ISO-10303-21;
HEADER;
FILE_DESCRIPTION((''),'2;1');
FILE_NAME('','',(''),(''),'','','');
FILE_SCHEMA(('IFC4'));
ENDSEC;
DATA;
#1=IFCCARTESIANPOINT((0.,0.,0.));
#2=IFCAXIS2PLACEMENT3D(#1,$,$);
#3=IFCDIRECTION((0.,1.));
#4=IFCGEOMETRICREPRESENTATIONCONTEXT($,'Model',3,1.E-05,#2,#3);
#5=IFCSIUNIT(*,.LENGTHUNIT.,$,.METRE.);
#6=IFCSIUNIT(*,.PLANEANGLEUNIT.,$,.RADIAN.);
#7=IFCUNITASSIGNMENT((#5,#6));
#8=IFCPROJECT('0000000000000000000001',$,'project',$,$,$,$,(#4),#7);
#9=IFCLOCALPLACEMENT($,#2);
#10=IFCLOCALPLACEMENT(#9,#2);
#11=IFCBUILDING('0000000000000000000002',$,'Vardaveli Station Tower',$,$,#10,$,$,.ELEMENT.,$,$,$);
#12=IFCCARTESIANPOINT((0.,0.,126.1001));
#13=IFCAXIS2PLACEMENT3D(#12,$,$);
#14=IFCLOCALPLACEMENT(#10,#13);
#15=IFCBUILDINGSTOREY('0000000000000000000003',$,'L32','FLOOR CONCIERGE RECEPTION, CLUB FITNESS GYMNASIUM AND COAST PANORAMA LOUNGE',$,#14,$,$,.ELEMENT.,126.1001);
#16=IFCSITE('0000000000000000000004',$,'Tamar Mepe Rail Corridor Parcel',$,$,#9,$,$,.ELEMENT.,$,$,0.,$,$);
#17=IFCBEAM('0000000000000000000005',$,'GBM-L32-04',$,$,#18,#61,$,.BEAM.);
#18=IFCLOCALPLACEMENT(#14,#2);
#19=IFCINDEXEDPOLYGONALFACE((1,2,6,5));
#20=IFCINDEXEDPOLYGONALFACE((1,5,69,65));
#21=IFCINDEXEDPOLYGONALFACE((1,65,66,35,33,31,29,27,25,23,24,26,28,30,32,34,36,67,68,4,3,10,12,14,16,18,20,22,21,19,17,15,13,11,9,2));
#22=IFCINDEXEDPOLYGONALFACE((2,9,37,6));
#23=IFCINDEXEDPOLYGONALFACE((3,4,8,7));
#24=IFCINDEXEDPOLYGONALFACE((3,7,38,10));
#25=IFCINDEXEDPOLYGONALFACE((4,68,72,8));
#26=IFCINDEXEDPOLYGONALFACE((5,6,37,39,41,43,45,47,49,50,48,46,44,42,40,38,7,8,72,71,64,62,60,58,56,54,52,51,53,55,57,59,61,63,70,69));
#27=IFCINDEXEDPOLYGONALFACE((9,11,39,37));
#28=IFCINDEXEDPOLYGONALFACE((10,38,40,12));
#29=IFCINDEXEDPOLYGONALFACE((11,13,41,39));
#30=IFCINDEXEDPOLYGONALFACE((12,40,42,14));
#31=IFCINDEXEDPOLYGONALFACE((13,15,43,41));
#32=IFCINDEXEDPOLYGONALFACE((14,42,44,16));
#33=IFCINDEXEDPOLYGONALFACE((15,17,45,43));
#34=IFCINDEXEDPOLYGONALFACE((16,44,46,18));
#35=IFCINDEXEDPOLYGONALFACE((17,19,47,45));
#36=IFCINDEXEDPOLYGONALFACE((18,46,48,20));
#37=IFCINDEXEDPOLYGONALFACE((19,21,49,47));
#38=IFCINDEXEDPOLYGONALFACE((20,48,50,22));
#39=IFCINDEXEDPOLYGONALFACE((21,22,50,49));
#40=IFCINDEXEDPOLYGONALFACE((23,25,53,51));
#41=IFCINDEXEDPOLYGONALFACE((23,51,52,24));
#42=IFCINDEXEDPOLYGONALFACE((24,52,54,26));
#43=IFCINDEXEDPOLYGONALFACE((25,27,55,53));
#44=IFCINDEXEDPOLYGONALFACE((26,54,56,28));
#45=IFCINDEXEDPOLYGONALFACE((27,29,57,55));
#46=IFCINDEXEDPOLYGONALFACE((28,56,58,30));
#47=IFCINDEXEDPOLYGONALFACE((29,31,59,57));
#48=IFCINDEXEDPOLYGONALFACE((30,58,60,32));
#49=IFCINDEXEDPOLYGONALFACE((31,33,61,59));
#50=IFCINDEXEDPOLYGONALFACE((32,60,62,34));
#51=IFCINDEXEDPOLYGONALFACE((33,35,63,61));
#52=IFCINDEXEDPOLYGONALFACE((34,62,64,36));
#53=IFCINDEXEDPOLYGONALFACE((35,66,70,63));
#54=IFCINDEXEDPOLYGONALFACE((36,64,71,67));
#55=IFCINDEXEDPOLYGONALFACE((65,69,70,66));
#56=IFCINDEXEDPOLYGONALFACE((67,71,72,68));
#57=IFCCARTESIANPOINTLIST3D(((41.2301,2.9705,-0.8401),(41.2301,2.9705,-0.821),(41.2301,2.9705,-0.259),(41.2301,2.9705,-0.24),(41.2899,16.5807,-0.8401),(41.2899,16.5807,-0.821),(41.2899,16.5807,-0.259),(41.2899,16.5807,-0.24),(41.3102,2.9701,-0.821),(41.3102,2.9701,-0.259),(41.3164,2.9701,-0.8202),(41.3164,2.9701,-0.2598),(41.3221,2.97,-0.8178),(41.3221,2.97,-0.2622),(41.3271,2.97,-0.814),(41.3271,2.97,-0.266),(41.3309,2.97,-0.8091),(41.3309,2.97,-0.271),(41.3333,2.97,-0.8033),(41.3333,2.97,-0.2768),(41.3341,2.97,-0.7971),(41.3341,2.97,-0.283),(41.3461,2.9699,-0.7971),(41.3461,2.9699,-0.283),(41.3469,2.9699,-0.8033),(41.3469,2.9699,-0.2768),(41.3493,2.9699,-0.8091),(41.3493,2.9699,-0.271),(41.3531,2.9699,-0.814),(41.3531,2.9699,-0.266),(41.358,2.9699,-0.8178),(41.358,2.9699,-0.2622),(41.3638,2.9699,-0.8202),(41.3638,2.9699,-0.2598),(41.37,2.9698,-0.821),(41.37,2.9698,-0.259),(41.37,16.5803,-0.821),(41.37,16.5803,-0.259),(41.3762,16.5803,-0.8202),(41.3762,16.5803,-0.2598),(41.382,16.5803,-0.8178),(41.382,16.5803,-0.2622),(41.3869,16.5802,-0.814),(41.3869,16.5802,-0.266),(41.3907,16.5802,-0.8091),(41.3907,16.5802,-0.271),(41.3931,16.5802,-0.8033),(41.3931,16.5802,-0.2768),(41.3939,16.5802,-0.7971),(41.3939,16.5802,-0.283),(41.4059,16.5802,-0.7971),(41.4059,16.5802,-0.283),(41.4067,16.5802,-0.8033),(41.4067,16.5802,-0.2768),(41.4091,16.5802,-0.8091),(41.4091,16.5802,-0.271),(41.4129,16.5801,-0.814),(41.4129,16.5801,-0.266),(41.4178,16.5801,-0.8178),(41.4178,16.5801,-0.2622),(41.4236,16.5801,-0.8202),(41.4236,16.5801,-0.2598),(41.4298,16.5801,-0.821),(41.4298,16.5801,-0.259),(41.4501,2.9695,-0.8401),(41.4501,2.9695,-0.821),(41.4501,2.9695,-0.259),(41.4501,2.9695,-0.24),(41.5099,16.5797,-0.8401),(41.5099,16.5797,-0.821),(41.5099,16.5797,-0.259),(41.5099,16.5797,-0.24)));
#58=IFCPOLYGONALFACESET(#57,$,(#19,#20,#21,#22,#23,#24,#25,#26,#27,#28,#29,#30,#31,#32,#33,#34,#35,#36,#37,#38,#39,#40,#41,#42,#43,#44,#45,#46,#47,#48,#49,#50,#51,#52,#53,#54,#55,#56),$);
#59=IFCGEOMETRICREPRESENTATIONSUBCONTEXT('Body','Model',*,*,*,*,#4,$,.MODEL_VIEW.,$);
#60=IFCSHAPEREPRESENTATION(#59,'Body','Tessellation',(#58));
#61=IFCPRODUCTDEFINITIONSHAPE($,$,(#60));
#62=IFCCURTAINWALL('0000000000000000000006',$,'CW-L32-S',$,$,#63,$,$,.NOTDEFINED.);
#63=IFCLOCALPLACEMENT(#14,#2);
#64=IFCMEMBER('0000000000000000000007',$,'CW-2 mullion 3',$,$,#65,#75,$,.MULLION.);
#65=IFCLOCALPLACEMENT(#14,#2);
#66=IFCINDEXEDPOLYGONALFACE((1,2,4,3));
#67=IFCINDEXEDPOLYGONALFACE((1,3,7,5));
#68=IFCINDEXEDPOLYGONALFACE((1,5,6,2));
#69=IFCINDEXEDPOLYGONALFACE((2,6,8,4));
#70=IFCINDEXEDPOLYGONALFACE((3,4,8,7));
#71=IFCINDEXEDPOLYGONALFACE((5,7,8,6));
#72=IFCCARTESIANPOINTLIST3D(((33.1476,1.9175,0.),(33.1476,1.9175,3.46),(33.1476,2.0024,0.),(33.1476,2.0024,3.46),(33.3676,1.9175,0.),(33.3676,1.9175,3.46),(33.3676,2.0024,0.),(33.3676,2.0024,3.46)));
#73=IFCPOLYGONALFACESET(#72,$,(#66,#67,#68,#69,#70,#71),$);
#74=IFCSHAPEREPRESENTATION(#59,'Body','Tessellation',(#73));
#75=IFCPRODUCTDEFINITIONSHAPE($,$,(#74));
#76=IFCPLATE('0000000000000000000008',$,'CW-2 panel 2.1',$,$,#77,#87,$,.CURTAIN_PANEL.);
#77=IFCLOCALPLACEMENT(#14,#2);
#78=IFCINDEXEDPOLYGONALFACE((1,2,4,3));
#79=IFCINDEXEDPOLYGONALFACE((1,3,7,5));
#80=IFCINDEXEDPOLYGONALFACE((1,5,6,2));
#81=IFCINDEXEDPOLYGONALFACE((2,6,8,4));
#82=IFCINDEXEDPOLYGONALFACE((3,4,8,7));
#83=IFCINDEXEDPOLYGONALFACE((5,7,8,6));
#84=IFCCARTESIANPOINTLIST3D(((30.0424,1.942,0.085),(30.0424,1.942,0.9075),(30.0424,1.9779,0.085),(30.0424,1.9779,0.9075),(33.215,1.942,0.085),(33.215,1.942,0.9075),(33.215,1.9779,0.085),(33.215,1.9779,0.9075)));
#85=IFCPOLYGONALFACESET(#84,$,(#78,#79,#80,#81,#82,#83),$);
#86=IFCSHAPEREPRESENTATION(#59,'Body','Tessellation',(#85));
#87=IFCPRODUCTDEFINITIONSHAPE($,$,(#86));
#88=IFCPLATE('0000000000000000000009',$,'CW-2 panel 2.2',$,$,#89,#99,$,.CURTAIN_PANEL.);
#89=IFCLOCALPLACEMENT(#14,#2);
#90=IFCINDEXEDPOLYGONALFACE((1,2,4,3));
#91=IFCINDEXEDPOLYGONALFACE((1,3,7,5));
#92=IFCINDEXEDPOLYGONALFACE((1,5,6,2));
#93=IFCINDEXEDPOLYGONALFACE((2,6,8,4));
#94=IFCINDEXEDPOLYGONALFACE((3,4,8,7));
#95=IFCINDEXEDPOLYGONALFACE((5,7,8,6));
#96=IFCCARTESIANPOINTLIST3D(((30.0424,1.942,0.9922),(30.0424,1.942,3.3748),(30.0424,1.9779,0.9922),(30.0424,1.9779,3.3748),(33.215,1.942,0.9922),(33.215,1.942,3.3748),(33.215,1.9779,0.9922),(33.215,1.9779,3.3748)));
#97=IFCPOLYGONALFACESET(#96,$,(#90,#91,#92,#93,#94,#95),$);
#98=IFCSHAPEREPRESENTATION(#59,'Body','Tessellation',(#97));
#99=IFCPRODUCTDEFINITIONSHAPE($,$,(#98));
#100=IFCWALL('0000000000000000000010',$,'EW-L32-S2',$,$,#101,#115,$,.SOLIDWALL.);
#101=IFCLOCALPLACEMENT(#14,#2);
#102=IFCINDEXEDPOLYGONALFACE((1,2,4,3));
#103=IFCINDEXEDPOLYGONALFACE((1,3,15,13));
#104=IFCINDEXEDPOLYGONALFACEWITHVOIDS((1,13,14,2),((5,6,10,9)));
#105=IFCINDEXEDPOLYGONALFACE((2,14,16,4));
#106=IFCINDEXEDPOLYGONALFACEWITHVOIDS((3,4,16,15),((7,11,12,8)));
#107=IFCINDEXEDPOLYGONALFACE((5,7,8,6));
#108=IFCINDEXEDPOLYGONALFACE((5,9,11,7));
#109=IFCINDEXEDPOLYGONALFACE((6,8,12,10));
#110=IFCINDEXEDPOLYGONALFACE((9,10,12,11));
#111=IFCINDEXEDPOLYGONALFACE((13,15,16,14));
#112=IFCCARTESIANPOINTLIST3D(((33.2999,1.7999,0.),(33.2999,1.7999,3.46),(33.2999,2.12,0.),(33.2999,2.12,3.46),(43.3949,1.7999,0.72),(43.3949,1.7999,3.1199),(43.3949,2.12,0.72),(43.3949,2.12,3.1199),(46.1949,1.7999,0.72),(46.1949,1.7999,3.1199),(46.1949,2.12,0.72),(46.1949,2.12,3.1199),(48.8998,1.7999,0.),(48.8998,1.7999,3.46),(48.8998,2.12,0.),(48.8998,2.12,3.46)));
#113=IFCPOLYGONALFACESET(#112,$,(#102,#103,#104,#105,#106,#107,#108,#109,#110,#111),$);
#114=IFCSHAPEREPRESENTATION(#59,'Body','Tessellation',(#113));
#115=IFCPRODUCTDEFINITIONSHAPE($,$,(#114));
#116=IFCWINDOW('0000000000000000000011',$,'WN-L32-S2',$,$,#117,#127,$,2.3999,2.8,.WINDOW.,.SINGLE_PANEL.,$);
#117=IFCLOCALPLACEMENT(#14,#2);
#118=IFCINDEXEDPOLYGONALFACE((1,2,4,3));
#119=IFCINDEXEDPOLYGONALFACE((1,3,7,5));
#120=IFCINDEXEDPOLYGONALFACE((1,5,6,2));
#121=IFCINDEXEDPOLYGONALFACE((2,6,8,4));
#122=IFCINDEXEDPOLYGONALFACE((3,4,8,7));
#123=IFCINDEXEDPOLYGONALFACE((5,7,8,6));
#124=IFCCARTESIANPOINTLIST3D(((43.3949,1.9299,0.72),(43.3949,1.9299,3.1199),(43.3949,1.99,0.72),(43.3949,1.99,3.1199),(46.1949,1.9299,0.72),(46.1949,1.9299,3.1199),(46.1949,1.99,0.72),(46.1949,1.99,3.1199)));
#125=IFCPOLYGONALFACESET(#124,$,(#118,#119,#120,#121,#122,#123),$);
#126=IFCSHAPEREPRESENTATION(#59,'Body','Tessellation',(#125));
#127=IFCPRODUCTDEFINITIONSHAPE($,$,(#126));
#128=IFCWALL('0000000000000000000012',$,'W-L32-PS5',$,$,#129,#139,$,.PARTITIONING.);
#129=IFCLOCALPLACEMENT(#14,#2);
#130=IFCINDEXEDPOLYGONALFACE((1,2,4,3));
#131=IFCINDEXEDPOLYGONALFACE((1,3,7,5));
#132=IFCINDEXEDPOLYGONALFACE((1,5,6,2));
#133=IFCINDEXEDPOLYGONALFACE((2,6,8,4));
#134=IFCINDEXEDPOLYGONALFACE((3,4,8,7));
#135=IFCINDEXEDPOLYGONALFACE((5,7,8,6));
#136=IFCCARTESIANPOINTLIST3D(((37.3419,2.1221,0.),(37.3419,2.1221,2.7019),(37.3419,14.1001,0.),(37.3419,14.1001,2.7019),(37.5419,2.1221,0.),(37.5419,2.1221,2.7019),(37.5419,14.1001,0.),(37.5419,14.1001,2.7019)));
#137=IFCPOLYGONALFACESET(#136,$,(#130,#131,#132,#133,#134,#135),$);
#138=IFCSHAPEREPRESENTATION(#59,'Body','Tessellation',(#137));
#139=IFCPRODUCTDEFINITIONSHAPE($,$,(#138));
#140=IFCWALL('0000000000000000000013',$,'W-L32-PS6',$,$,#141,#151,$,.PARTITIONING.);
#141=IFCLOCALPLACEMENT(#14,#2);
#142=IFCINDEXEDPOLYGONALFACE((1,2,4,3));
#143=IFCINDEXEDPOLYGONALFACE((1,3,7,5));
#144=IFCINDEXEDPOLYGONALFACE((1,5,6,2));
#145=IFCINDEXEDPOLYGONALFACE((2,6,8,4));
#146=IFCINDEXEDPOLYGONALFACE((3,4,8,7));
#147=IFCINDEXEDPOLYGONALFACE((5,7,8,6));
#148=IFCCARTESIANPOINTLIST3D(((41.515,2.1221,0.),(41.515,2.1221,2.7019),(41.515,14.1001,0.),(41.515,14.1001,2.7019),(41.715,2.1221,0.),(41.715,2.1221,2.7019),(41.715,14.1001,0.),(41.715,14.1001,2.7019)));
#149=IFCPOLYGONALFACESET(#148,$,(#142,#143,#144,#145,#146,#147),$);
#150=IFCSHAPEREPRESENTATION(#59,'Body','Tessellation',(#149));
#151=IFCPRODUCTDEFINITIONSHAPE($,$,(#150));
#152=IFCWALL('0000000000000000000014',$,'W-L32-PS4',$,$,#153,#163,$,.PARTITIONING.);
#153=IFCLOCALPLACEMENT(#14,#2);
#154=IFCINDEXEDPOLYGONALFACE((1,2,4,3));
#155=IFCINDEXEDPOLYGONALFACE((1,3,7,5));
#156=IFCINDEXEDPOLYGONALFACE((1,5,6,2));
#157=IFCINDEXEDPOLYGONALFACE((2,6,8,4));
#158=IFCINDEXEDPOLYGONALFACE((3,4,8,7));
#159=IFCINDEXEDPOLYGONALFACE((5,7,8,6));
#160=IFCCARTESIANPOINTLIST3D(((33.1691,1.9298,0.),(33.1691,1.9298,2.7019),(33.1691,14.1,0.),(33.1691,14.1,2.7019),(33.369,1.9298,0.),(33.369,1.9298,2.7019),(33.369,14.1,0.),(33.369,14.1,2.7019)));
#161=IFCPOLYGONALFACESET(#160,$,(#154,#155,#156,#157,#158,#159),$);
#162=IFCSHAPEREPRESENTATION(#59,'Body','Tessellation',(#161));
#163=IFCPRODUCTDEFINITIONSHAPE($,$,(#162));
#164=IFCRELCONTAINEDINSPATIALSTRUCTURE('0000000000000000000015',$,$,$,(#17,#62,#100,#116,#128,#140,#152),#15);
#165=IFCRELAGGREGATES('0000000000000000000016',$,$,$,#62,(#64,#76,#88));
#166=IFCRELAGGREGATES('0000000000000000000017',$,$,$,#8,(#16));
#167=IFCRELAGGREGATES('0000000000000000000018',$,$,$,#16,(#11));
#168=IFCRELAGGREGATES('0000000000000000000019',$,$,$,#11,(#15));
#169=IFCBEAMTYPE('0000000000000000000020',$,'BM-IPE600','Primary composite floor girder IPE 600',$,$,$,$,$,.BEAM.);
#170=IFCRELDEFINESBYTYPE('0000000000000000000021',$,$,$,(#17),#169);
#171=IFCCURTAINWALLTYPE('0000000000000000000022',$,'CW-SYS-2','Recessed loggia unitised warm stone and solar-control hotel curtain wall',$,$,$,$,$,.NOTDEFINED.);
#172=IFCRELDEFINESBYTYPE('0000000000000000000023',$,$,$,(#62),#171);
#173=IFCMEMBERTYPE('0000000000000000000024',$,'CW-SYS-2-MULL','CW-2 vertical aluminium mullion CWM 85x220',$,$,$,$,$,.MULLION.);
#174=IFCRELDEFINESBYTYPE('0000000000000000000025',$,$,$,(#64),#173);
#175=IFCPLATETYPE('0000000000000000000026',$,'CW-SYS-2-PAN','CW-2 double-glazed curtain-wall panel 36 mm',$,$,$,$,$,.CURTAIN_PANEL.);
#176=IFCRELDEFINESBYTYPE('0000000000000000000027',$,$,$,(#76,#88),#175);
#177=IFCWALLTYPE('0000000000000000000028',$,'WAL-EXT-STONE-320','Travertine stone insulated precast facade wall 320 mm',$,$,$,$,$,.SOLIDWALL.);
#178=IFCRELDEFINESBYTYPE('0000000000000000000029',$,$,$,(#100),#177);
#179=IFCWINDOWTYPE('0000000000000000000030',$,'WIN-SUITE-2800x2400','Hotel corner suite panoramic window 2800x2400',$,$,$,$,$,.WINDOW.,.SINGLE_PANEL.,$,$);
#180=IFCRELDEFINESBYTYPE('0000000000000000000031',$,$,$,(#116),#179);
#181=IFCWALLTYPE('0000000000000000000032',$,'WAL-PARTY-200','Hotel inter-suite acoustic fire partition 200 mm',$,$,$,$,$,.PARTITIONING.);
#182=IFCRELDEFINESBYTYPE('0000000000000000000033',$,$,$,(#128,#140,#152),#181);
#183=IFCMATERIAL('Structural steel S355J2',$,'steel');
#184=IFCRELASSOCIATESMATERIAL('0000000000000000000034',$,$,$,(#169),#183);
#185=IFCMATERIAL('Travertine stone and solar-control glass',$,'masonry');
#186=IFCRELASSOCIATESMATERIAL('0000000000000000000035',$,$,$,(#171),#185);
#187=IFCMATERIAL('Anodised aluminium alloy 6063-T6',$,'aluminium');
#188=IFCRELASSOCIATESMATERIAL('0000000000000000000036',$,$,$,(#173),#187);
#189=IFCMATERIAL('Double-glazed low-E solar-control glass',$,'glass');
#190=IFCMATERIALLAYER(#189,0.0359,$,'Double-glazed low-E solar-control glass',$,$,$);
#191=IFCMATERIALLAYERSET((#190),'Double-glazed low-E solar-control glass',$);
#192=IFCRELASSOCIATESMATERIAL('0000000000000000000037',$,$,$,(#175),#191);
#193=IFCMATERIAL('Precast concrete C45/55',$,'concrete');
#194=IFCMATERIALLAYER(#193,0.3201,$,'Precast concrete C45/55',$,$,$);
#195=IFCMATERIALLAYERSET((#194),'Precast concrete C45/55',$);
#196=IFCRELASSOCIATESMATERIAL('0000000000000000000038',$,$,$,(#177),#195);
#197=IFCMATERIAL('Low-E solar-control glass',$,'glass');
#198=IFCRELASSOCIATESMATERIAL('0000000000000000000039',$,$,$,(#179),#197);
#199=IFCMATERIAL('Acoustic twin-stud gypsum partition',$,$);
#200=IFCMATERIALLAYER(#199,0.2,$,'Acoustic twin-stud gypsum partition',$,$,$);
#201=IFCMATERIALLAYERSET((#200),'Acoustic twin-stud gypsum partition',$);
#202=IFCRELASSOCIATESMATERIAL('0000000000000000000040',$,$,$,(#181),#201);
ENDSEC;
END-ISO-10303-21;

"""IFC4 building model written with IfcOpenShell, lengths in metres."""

from ifc_helpers import new_model, si_unit, direction, frame, frame_2d, origin, origin_2d, place, context, subcontext, project, spatial, rectangle, i_section, extrude, source, transform, mapped, material, layer, layer_set, material_profile, profile_set, type_object, element, fill, aggregate, save


model = new_model("IFC4")

# Units and contexts
model_context = context("Model", 3, precision=1e-05, world=origin(), true_north=direction((0.0, 1.0)))
body_context = subcontext(model_context, "Body", "Model", "MODEL_VIEW")
ifc_project = project(units=[si_unit("LENGTHUNIT", "METRE"), si_unit("PLANEANGLEUNIT", "RADIAN")], contexts=[model_context])

# Site, building, storey
site_placement = place(None, origin())
site = spatial("IfcSite", under=ifc_project, at=site_placement, Name="Tamar Mepe Rail Corridor Parcel", CompositionType="ELEMENT", RefElevation=0.0)
building_placement = place(site_placement, origin())
building = spatial("IfcBuilding", under=site, at=building_placement, Name="Vardaveli Station Tower", CompositionType="ELEMENT")
storey_placement = place(building_placement, frame((0.0, 0.0, 126.1001)))
storey = spatial("IfcBuildingStorey", under=building, at=storey_placement, Name="L32", Description="FLOOR CONCIERGE RECEPTION, CLUB FITNESS GYMNASIUM AND COAST PANORAMA LOUNGE", CompositionType="ELEMENT", Elevation=126.1001)

# Beam
ifc_material_1 = material(Name="Structural steel S355J2", Category="steel")
ifc_material_2 = material(Name="Precast concrete C45/55", Category="concrete")
ifc_material_profile_1 = material_profile(ifc_material_1, i_section(OverallWidth=0.22, OverallDepth=0.6001, WebThickness=0.012, FlangeThickness=0.019, FilletRadius=0.0239, at=origin_2d()), Name="IPE 600")
ifc_profile_set_1 = profile_set([ifc_material_profile_1], Name="Structural steel S355J2")
beam_type_1 = type_object("IfcBeamType", Name="BM-IPE600", Description="Primary composite floor girder IPE 600", PredefinedType="BEAM", material=ifc_profile_set_1)
shared_shape_1 = source(origin(), body_context, "Body", "SweptSolid", [
    extrude(i_section(OverallWidth=0.22, OverallDepth=0.6001, WebThickness=0.012, FlangeThickness=0.019, FilletRadius=0.0239, at=origin_2d()), origin(), (0.0, 0.0, 1.0), 13.6104),
])
beam_1_placement = place(storey_placement, frame((41.3401, 2.97, -0.54), z_axis=(0.004395, 0.99999, 0.0), x_axis=(-0.99999, 0.004395, 0.0)))
element("IfcBeam", 1, at=beam_1_placement, inside=storey, type_object=beam_type_1, Name="GBM-L32-04", PredefinedType="BEAM", context=body_context, shape_type="MappedRepresentation", body=[
    mapped(shared_shape_1, transform((0.0, 0.0, 0.0), scale=1.0)),
])

# Curtain wall, member, plates
ifc_material_3 = material(Name="Travertine stone and solar-control glass", Category="masonry")
curtain_wall_type = type_object("IfcCurtainWallType", Name="CW-SYS-2", Description="Recessed loggia unitised warm stone and solar-control hotel curtain wall", PredefinedType="NOTDEFINED", material=ifc_material_3)
curtain_wall_placement = place(storey_placement, origin())
curtain_wall = element("IfcCurtainWall", 2, at=curtain_wall_placement, inside=storey, type_object=curtain_wall_type, Name="CW-L32-S", PredefinedType="NOTDEFINED")
ifc_material_4 = material(Name="Anodised aluminium alloy 6063-T6", Category="aluminium")
ifc_material_profile_2 = material_profile(ifc_material_4, rectangle(XDim=0.085, YDim=0.22, at=origin_2d()), Name="CWM 85x220")
ifc_profile_set_2 = profile_set([ifc_material_profile_2], Name="Anodised aluminium alloy 6063-T6")
member_type = type_object("IfcMemberType", Name="CW-SYS-2-MULL", Description="CW-2 vertical aluminium mullion CWM 85x220", PredefinedType="MULLION", material=ifc_profile_set_2)
shared_shape_2 = source(origin(), body_context, "Body", "SweptSolid", [
    extrude(rectangle(XDim=0.085, YDim=0.22, at=origin_2d()), origin(), (0.0, 0.0, 1.0), 3.46),
])
member_placement = place(storey_placement, frame((33.2576, 1.96, 0.0), z_axis=(0.0, 0.0, 1.0), x_axis=(0.0, 1.0, 0.0)))
member = element("IfcMember", 3, at=member_placement, type_object=member_type, Name="CW-2 mullion 3", PredefinedType="MULLION", context=body_context, shape_type="MappedRepresentation", body=[
    mapped(shared_shape_2, transform((0.0, 0.0, 0.0), scale=1.0)),
])
ifc_material_5 = material(Name="Double-glazed low-E solar-control glass", Category="glass")
ifc_layer_1 = layer(ifc_material_5, 0.0359, Name="Double-glazed low-E solar-control glass")
ifc_layer_set_1 = layer_set([ifc_layer_1], Name="Double-glazed low-E solar-control glass")
plate_type = type_object("IfcPlateType", Name="CW-SYS-2-PAN", Description="CW-2 double-glazed curtain-wall panel 36 mm", PredefinedType="CURTAIN_PANEL", material=ifc_layer_set_1)
shared_shape_3 = source(origin(), body_context, "Body", "SweptSolid", [
    extrude(rectangle(XDim=3.1726, YDim=0.0359, at=origin_2d()), origin(), (0.0, 0.0, 1.0), 0.8225),
])
plate_1_placement = place(storey_placement, frame((31.6287, 1.96, 0.085), z_axis=(0.0, 0.0, 1.0), x_axis=(1.0, 0.0, 0.0)))
plate_1 = element("IfcPlate", 4, at=plate_1_placement, type_object=plate_type, Name="CW-2 panel 2.1", PredefinedType="CURTAIN_PANEL", context=body_context, shape_type="MappedRepresentation", body=[
    mapped(shared_shape_3, transform((0.0, 0.0, 0.0), scale=1.0)),
])
shared_shape_4 = source(origin(), body_context, "Body", "SweptSolid", [
    extrude(rectangle(XDim=3.1726, YDim=0.0359, at=origin_2d()), origin(), (0.0, 0.0, 1.0), 2.3826),
])
plate_2_placement = place(storey_placement, frame((31.6287, 1.96, 0.9922), z_axis=(0.0, 0.0, 1.0), x_axis=(1.0, 0.0, 0.0)))
plate_2 = element("IfcPlate", 5, at=plate_2_placement, type_object=plate_type, Name="CW-2 panel 2.2", PredefinedType="CURTAIN_PANEL", context=body_context, shape_type="MappedRepresentation", body=[
    mapped(shared_shape_4, transform((0.0, 0.0, 0.0), scale=1.0)),
])
aggregate(curtain_wall, [member, plate_1, plate_2])

# Wall, opening, window
ifc_layer_2 = layer(ifc_material_2, 0.3201, Name="Precast concrete C45/55")
ifc_layer_set_2 = layer_set([ifc_layer_2], Name="Precast concrete C45/55")
wall_type_1 = type_object("IfcWallType", Name="WAL-EXT-STONE-320", Description="Travertine stone insulated precast facade wall 320 mm", PredefinedType="SOLIDWALL", material=ifc_layer_set_2)
shared_shape_5 = source(origin(), body_context, "Body", "SweptSolid", [
    extrude(rectangle(XDim=15.5999, YDim=0.3201, at=frame_2d((7.7998, 0.0))), origin(), (0.0, 0.0, 1.0), 3.46),
])
wall_1_placement = place(storey_placement, frame((33.3, 1.96, 0.0), z_axis=(0.0, 0.0, 1.0), x_axis=(1.0, 0.0, 0.0)))
wall_1 = element("IfcWall", 6, at=wall_1_placement, inside=storey, type_object=wall_type_1, Name="EW-L32-S2", PredefinedType="SOLIDWALL", context=body_context, shape_type="MappedRepresentation", body=[
    mapped(shared_shape_5, transform((0.0, 0.0, 0.0), scale=1.0)),
])
shared_shape_6 = source(origin(), body_context, "Body", "SweptSolid", [
    extrude(rectangle(XDim=2.8, YDim=2.3999, at=frame_2d((1.3999, 1.2))), frame((0.0, 0.1699, 0.0), z_axis=(0.0, -1.0, 0.0), x_axis=(1.0, 0.0, 0.0)), (0.0, 0.0, 1.0), 0.3401),
])
opening_1_placement = place(wall_1_placement, frame((10.095, 0.0, 0.72)))
opening_1 = element("IfcOpeningElement", 7, at=opening_1_placement, cuts=wall_1, PredefinedType="OPENING", context=body_context, shape_type="MappedRepresentation", body=[
    mapped(shared_shape_6, transform((0.0, 0.0, 0.0), scale=1.0)),
])
ifc_material_6 = material(Name="Low-E solar-control glass", Category="glass")
window_type = type_object("IfcWindowType", Name="WIN-SUITE-2800x2400", Description="Hotel corner suite panoramic window 2800x2400", PartitioningType="SINGLE_PANEL", PredefinedType="WINDOW", material=ifc_material_6)
shared_shape_7 = source(origin(), body_context, "Body", "SweptSolid", [
    extrude(rectangle(XDim=2.8, YDim=2.3999, at=frame_2d((1.3999, 1.2))), frame((0.0, 0.03, 0.0), z_axis=(0.0, -1.0, 0.0), x_axis=(1.0, 0.0, 0.0)), (0.0, 0.0, 1.0), 0.0601),
])
window_placement = place(opening_1_placement, origin())
window = element("IfcWindow", 8, at=window_placement, inside=storey, type_object=window_type, Name="WN-L32-S2", OverallHeight=2.3999, OverallWidth=2.8, PartitioningType="SINGLE_PANEL", PredefinedType="WINDOW", context=body_context, shape_type="MappedRepresentation", body=[
    mapped(shared_shape_7, transform((0.0, 0.0, 0.0), scale=1.0)),
])
fill(opening_1, window)

# Walls
ifc_material_7 = material(Name="Acoustic twin-stud gypsum partition")
ifc_layer_3 = layer(ifc_material_7, 0.2, Name="Acoustic twin-stud gypsum partition")
ifc_layer_set_3 = layer_set([ifc_layer_3], Name="Acoustic twin-stud gypsum partition")
wall_type_2 = type_object("IfcWallType", Name="WAL-PARTY-200", Description="Hotel inter-suite acoustic fire partition 200 mm", PredefinedType="PARTITIONING", material=ifc_layer_set_3)
shared_shape_8 = source(origin(), body_context, "Body", "SweptSolid", [
    extrude(rectangle(XDim=11.978, YDim=0.2, at=frame_2d((5.989, 0.0))), origin(), (0.0, 0.0, 1.0), 2.7019),
])
for number, where, z_axis, x_axis, name in (
    (9, (37.4419, 2.1221, 0.0), (0.0, 0.0, 1.0), (0.0, 1.0, 0.0), "W-L32-PS5"),
    (10, (41.615, 2.1221, 0.0), (0.0, 0.0, 1.0), (0.0, 1.0, 0.0), "W-L32-PS6"),
):
    element("IfcWall", number, at=place(storey_placement, frame(where, z_axis=z_axis, x_axis=x_axis)), inside=storey, type_object=wall_type_2, Name=name, PredefinedType="PARTITIONING", context=body_context, shape_type="MappedRepresentation", body=[
        mapped(shared_shape_8, transform((0.0, 0.0, 0.0), scale=1.0)),
    ])
shared_shape_9 = source(origin(), body_context, "Body", "SweptSolid", [
    extrude(rectangle(XDim=12.1702, YDim=0.2, at=frame_2d((6.085, 0.0))), origin(), (0.0, 0.0, 1.0), 2.7019),
])
wall_2_placement = place(storey_placement, frame((33.269, 1.9299, 0.0), z_axis=(0.0, 0.0, 1.0), x_axis=(0.0, 1.0, 0.0)))
element("IfcWall", 11, at=wall_2_placement, inside=storey, type_object=wall_type_2, Name="W-L32-PS4", PredefinedType="PARTITIONING", context=body_context, shape_type="MappedRepresentation", body=[
    mapped(shared_shape_9, transform((0.0, 0.0, 0.0), scale=1.0)),
])

save(model, "model.ifc")
